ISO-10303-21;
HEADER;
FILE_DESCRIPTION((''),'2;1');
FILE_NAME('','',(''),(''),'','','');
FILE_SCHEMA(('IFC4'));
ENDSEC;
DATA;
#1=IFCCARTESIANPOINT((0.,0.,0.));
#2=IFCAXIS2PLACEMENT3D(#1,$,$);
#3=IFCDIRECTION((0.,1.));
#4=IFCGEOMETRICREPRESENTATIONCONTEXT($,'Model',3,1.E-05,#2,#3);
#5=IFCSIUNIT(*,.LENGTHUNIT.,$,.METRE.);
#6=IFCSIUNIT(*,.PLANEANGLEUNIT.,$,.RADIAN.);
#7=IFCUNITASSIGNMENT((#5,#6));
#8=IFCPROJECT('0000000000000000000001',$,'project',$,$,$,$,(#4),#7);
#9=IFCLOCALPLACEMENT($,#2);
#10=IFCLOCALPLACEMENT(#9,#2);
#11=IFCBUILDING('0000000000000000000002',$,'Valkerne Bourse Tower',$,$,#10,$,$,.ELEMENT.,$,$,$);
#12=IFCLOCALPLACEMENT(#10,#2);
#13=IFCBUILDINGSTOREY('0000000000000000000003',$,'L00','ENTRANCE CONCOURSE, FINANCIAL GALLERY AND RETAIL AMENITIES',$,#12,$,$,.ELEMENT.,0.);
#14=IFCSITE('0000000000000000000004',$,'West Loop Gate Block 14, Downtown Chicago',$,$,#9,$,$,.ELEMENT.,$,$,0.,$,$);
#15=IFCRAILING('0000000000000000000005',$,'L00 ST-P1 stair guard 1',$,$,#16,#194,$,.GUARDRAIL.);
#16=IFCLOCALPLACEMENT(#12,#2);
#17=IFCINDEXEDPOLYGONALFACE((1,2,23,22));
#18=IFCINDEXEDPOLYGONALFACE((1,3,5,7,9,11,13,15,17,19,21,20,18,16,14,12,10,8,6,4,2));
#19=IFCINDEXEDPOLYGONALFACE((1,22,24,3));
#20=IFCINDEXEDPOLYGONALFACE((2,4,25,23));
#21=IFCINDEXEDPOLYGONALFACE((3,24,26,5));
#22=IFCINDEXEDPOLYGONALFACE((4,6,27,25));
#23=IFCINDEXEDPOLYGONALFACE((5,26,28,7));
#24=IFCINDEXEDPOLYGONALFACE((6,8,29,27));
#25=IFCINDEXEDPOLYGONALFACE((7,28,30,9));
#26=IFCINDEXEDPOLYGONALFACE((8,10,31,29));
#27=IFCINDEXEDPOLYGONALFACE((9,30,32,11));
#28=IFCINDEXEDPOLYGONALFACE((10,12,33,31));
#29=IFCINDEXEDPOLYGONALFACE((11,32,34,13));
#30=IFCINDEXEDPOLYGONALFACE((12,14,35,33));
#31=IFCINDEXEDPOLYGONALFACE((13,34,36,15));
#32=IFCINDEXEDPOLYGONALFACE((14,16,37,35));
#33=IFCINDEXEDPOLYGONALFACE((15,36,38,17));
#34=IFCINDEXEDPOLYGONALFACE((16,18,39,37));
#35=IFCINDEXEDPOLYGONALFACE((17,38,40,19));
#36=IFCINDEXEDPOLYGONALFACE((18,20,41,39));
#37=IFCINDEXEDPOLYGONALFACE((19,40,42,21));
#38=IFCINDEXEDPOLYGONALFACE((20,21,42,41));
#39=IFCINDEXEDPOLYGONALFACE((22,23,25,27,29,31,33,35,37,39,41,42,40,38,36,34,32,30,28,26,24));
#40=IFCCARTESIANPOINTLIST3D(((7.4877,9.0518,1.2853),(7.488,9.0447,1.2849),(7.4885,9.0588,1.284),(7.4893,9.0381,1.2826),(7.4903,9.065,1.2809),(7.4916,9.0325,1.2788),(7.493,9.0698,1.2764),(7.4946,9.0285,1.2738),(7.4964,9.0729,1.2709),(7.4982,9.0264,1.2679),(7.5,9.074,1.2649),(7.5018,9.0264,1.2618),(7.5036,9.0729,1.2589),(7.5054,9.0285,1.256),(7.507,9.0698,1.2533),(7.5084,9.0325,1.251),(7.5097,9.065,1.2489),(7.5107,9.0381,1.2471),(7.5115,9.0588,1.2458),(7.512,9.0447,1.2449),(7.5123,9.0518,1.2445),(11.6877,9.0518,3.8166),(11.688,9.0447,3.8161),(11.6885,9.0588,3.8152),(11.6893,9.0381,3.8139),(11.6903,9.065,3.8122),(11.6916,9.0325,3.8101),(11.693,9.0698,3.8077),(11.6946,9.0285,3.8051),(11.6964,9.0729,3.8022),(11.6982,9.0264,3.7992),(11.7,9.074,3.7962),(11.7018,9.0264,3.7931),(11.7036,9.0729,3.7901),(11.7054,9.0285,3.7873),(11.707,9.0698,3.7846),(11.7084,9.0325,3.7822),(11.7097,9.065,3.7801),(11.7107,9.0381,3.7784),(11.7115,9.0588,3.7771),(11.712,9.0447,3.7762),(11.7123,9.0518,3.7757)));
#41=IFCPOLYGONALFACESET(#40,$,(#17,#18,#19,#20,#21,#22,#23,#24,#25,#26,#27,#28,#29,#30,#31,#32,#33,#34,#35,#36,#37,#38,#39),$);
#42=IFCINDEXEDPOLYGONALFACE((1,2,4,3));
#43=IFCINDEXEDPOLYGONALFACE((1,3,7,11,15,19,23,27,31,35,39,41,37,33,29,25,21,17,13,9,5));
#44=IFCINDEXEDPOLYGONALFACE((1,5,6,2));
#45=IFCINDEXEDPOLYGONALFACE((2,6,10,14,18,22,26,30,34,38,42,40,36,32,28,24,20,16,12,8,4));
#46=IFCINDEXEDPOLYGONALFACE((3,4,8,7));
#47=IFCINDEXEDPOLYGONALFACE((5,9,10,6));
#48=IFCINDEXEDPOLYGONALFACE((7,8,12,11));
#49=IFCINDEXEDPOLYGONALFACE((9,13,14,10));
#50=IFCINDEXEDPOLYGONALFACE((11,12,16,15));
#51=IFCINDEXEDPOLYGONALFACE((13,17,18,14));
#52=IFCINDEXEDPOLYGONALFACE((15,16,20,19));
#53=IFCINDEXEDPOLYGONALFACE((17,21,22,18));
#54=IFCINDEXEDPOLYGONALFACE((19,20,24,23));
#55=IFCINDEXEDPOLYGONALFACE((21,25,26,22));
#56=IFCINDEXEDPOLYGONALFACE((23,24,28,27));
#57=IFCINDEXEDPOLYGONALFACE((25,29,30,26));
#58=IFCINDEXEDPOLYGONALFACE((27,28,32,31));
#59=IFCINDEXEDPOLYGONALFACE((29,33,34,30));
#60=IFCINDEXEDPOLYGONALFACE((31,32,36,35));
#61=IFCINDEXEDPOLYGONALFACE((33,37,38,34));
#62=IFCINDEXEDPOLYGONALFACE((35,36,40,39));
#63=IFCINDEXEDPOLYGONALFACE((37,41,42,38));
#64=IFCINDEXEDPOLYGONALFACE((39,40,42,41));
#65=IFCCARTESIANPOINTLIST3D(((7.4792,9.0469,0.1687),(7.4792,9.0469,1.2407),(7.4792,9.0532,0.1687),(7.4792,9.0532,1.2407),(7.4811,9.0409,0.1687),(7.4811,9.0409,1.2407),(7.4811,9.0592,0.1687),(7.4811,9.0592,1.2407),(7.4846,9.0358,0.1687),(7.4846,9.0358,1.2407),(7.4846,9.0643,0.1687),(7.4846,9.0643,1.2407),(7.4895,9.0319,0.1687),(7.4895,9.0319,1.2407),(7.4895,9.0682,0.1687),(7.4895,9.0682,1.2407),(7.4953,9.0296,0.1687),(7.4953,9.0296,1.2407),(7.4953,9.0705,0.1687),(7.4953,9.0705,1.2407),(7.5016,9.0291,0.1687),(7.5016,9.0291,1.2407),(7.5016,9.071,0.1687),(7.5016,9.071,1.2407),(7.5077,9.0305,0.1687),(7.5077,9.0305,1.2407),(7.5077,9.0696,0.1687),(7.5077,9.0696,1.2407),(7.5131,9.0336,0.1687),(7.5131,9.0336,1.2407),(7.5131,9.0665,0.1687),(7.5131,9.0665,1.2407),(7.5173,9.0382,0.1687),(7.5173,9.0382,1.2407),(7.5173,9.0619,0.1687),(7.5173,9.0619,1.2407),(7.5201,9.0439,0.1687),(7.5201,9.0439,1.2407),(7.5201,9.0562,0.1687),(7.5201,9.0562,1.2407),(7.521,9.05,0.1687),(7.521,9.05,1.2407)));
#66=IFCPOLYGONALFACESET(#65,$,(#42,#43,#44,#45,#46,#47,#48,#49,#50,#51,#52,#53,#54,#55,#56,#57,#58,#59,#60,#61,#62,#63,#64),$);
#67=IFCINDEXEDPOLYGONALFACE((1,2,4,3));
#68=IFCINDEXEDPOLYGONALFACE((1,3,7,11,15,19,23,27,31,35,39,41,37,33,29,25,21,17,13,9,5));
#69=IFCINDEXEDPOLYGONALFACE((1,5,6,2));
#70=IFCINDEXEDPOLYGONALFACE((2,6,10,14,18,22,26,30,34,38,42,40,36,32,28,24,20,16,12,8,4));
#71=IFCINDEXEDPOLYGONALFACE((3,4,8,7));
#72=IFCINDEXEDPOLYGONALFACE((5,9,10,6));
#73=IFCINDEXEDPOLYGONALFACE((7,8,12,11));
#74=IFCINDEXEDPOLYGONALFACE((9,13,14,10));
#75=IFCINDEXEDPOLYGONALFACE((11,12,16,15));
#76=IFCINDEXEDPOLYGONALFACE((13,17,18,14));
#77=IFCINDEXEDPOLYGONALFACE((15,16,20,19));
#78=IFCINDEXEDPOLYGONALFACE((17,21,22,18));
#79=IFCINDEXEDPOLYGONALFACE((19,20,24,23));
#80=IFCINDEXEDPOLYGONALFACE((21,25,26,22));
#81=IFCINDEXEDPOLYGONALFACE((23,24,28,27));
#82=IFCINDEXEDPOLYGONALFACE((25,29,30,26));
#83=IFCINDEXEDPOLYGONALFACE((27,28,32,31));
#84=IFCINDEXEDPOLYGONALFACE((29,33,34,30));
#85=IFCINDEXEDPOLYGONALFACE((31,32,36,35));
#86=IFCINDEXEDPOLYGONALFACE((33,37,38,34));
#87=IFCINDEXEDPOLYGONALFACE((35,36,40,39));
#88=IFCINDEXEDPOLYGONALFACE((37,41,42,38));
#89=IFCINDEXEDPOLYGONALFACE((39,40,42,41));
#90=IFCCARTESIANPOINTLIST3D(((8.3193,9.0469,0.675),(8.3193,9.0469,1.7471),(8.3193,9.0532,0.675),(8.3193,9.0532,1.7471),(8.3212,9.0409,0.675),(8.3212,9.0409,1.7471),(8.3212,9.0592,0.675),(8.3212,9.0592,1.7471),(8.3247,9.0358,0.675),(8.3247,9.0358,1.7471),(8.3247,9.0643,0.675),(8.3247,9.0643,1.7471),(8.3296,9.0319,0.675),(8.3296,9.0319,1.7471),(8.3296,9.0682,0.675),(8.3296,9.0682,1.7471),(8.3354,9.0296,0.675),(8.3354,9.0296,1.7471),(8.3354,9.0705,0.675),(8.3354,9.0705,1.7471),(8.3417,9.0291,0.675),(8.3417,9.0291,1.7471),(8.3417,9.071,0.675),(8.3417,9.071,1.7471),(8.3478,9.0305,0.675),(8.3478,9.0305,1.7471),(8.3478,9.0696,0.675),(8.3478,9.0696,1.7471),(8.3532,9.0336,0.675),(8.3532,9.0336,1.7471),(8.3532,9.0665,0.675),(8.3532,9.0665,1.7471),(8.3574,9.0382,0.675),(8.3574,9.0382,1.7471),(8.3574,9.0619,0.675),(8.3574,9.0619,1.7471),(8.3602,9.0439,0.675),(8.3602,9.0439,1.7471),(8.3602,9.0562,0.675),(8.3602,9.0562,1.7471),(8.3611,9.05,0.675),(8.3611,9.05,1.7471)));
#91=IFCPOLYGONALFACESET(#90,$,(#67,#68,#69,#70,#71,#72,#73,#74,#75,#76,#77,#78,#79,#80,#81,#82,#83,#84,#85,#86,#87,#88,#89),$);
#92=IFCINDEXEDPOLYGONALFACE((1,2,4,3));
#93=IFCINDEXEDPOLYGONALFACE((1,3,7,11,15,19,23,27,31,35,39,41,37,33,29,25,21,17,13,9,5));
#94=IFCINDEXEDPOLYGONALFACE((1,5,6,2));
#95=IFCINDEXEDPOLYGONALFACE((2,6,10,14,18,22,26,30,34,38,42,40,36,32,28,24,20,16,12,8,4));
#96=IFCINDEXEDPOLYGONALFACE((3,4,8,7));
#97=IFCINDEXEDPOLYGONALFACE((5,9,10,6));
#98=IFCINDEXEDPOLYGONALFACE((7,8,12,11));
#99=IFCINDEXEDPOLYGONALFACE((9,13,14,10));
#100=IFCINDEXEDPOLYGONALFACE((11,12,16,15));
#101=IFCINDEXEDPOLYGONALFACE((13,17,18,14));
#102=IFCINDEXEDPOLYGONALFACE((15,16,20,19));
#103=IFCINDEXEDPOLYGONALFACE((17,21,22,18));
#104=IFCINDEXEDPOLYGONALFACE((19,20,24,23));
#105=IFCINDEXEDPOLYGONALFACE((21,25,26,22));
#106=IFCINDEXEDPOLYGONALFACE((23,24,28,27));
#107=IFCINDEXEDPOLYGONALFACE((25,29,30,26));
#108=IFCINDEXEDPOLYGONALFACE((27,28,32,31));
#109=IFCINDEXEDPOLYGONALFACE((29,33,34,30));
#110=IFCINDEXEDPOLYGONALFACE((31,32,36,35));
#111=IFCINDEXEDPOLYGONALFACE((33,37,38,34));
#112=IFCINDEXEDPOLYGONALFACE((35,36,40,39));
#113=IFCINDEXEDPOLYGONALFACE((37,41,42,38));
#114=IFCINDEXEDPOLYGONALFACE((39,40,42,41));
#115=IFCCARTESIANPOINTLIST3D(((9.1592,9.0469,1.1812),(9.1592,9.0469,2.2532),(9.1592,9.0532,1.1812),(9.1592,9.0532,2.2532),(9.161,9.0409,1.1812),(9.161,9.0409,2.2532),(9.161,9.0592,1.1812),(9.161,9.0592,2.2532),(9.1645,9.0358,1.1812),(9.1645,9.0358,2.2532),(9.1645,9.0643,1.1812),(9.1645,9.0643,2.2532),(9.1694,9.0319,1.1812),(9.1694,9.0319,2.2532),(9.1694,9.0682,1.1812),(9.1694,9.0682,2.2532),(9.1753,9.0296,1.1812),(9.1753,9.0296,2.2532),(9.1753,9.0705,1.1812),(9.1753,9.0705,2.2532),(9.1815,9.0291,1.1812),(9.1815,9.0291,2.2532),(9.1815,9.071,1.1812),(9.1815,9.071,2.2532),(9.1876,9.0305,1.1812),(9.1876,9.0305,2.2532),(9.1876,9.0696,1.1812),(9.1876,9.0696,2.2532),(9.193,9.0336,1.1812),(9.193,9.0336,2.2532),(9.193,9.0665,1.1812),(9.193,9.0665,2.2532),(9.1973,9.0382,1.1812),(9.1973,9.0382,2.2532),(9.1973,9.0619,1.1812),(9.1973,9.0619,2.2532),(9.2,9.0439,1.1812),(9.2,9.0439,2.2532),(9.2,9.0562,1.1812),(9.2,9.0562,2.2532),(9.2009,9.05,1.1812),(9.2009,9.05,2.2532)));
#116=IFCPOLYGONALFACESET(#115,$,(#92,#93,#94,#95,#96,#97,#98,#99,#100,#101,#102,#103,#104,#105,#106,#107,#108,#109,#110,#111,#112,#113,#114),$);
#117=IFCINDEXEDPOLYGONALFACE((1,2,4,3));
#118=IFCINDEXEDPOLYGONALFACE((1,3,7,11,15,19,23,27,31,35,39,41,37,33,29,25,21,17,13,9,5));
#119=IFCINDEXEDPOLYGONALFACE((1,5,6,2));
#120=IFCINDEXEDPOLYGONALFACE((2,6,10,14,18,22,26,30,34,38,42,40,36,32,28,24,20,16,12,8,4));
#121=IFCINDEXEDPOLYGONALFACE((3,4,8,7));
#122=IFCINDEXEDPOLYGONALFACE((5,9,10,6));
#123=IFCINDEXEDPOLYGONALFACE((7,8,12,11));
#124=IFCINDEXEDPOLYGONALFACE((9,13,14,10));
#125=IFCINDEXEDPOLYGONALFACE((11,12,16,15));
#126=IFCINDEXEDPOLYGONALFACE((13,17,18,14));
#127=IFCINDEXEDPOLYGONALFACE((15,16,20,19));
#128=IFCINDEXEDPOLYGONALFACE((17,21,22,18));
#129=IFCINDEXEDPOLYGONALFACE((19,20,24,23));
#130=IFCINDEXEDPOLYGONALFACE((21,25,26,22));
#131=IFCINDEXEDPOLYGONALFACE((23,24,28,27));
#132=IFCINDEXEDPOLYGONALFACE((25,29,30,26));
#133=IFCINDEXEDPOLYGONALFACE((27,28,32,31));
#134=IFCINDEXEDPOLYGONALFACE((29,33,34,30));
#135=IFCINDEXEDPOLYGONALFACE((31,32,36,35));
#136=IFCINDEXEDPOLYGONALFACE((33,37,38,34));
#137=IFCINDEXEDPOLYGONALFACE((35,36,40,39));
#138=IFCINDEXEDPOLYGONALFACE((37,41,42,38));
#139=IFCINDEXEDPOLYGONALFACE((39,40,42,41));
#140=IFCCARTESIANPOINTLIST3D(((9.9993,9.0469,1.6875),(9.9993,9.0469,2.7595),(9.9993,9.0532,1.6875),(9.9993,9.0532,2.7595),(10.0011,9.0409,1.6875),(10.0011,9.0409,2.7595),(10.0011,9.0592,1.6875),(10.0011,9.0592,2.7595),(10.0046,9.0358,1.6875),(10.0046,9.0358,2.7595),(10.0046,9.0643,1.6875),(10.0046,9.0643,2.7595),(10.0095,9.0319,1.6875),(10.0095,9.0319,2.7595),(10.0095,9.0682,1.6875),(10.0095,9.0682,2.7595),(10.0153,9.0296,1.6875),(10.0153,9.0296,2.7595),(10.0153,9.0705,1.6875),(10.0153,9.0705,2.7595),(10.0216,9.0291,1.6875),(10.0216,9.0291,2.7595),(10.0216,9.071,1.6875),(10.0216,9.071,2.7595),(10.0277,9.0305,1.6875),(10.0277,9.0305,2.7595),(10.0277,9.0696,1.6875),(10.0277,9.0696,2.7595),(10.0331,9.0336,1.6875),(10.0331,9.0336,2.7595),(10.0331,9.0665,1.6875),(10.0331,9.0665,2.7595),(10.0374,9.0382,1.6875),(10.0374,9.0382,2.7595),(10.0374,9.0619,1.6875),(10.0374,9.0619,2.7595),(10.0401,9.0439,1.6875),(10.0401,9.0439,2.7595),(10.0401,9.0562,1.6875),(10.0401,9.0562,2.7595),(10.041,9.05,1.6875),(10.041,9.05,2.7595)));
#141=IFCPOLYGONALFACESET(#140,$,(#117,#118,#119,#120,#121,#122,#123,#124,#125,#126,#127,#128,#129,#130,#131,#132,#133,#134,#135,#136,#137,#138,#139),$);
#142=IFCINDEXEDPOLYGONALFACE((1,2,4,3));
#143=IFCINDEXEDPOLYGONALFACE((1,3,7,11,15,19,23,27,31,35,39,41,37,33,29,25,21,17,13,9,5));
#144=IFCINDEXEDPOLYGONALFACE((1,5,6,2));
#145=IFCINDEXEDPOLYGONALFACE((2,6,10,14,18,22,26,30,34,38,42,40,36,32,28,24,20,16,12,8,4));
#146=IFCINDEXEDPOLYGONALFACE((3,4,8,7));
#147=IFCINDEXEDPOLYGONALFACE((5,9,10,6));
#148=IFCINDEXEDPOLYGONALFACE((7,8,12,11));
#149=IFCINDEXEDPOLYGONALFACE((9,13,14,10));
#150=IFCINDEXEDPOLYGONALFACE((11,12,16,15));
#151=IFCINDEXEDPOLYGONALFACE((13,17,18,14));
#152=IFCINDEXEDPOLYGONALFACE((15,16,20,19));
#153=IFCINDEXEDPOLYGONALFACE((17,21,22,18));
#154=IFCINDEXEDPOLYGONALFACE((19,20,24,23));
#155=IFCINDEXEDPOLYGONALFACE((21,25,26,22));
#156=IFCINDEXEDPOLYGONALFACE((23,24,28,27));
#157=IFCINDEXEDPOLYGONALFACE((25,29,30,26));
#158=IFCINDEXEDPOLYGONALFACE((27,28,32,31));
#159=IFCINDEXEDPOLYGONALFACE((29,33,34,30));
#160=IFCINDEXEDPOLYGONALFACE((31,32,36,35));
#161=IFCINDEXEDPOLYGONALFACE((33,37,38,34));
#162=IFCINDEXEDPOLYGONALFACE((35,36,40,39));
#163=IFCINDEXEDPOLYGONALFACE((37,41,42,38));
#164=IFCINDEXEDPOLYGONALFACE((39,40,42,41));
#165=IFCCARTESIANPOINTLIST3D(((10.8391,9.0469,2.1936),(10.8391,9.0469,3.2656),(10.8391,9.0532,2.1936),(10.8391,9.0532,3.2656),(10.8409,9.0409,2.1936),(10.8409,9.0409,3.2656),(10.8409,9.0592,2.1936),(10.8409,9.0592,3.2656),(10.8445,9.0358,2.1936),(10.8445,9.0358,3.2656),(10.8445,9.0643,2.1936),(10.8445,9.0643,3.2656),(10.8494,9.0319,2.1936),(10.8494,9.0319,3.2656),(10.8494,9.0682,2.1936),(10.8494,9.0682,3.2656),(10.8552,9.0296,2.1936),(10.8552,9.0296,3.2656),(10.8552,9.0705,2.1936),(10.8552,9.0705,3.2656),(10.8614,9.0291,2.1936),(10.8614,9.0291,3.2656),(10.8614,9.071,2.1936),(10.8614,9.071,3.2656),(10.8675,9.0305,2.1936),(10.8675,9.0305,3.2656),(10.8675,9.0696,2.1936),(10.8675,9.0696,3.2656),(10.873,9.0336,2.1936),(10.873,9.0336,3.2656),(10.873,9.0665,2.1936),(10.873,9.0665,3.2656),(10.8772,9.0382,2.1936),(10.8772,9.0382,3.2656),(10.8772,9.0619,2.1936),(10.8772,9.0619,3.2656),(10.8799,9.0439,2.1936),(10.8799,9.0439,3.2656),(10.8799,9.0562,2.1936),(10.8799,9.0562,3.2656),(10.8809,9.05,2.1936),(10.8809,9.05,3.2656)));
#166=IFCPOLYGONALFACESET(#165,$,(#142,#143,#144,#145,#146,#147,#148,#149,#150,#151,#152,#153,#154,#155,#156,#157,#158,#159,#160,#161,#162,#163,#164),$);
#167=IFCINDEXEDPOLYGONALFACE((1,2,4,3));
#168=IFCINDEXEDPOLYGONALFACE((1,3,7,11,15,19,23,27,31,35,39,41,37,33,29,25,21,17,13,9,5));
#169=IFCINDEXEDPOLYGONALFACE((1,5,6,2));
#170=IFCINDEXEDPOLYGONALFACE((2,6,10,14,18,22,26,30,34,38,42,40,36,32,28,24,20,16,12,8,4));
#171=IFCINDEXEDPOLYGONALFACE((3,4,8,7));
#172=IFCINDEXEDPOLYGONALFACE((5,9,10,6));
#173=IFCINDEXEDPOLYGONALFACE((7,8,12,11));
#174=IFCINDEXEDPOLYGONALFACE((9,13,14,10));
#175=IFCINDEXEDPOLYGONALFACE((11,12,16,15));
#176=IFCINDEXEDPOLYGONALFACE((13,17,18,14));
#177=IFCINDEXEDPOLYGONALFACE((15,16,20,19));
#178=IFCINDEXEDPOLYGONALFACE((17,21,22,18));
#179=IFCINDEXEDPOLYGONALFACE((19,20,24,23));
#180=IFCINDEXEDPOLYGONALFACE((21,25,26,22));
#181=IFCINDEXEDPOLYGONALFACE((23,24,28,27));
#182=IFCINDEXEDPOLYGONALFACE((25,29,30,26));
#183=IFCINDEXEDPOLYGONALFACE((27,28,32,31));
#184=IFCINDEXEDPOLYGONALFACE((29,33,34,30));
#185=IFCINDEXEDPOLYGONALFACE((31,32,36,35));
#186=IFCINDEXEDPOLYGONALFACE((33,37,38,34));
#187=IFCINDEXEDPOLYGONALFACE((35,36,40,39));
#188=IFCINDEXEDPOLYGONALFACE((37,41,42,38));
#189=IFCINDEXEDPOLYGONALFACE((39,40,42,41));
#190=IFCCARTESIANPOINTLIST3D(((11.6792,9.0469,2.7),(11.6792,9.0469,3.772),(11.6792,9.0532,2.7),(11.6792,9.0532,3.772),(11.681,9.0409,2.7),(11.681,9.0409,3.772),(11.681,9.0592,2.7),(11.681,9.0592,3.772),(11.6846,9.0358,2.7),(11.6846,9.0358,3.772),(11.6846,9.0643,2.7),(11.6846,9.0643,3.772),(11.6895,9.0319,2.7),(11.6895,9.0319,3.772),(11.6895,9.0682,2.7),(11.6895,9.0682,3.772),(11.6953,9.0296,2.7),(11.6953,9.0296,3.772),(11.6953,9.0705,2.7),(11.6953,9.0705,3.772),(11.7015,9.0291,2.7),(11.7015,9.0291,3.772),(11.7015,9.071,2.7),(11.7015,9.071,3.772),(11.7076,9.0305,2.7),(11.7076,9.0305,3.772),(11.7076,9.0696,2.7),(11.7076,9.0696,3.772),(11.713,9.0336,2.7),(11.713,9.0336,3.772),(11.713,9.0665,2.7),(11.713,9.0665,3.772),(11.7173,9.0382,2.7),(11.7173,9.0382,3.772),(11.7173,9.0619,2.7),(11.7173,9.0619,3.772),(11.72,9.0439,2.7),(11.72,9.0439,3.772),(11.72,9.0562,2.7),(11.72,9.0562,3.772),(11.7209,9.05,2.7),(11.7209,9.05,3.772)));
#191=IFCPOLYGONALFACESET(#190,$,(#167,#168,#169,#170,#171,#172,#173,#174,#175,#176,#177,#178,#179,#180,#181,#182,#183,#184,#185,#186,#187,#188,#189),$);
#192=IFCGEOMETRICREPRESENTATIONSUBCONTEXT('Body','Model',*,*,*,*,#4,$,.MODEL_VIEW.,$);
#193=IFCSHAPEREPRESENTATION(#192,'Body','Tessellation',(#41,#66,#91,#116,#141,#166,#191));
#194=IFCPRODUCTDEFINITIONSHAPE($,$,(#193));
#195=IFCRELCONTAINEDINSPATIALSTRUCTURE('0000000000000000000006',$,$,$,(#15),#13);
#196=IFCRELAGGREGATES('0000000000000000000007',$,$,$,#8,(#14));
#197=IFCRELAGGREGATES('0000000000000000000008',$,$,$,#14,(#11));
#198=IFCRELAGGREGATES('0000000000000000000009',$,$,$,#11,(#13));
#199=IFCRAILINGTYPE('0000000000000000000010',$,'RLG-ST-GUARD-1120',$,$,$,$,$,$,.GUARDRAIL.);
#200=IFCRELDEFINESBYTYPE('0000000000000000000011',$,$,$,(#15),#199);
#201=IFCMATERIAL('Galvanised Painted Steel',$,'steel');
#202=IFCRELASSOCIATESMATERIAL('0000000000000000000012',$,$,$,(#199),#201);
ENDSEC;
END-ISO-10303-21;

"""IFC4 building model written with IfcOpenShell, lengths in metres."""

from ifc_helpers import new_model, si_unit, direction, frame, origin, origin_2d, place, context, subcontext, project, spatial, circle, extrude, material, type_object, element, save


model = new_model("IFC4")

# Units and contexts
model_context = context("Model", 3, precision=1e-05, world=origin(), true_north=direction((0.0, 1.0)))
body_context = subcontext(model_context, "Body", "Model", "MODEL_VIEW")
ifc_project = project(units=[si_unit("LENGTHUNIT", "METRE"), si_unit("PLANEANGLEUNIT", "RADIAN")], contexts=[model_context])

# Site, building, storey
site_placement = place(None, origin())
site = spatial("IfcSite", under=ifc_project, at=site_placement, Name="West Loop Gate Block 14, Downtown Chicago", CompositionType="ELEMENT", RefElevation=0.0)
building_placement = place(site_placement, origin())
building = spatial("IfcBuilding", under=site, at=building_placement, Name="Valkerne Bourse Tower", CompositionType="ELEMENT")
storey_placement = place(building_placement, origin())
storey = spatial("IfcBuildingStorey", under=building, at=storey_placement, Name="L00", Description="ENTRANCE CONCOURSE, FINANCIAL GALLERY AND RETAIL AMENITIES", CompositionType="ELEMENT", Elevation=0.0)

# Shared definitions
ifc_material_1 = material(Name="Galvanised Painted Steel", Category="steel")

# Railing
railing_type_1 = type_object("IfcRailingType", Name="RLG-ST-GUARD-1120", PredefinedType="GUARDRAIL", material=ifc_material_1)
railing_1_placement = place(storey_placement, frame((7.5, 9.05, 0.1687)))
element("IfcRailing", 1, at=railing_1_placement, inside=storey, type_object=railing_type_1, Name="L00 ST-P1 stair guard 1", PredefinedType="GUARDRAIL", context=body_context, shape_type="SweptSolid", body=[
    extrude(circle(Radius=0.0239, at=origin_2d()), frame((0.0, 0.0, 1.0962), z_axis=(0.856476, 0.0, 0.516186), x_axis=(0.0, 1.0, 0.0)), (0.0, 0.0, 1.0), 4.9038),
    extrude(circle(Radius=0.021, at=origin_2d()), origin(), (0.0, 0.0, 1.0), 1.072),
    extrude(circle(Radius=0.021, at=origin_2d()), frame((0.8401, 0.0, 0.5063)), (0.0, 0.0, 1.0), 1.072),
    extrude(circle(Radius=0.021, at=origin_2d()), frame((1.6799, 0.0, 1.0125)), (0.0, 0.0, 1.0), 1.072),
    extrude(circle(Radius=0.021, at=origin_2d()), frame((2.52, 0.0, 1.5188)), (0.0, 0.0, 1.0), 1.072),
    extrude(circle(Radius=0.021, at=origin_2d()), frame((3.3599, 0.0, 2.0249)), (0.0, 0.0, 1.0), 1.072),
    extrude(circle(Radius=0.021, at=origin_2d()), frame((4.2, 0.0, 2.5312)), (0.0, 0.0, 1.0), 1.072),
])

save(model, "model.ifc")
